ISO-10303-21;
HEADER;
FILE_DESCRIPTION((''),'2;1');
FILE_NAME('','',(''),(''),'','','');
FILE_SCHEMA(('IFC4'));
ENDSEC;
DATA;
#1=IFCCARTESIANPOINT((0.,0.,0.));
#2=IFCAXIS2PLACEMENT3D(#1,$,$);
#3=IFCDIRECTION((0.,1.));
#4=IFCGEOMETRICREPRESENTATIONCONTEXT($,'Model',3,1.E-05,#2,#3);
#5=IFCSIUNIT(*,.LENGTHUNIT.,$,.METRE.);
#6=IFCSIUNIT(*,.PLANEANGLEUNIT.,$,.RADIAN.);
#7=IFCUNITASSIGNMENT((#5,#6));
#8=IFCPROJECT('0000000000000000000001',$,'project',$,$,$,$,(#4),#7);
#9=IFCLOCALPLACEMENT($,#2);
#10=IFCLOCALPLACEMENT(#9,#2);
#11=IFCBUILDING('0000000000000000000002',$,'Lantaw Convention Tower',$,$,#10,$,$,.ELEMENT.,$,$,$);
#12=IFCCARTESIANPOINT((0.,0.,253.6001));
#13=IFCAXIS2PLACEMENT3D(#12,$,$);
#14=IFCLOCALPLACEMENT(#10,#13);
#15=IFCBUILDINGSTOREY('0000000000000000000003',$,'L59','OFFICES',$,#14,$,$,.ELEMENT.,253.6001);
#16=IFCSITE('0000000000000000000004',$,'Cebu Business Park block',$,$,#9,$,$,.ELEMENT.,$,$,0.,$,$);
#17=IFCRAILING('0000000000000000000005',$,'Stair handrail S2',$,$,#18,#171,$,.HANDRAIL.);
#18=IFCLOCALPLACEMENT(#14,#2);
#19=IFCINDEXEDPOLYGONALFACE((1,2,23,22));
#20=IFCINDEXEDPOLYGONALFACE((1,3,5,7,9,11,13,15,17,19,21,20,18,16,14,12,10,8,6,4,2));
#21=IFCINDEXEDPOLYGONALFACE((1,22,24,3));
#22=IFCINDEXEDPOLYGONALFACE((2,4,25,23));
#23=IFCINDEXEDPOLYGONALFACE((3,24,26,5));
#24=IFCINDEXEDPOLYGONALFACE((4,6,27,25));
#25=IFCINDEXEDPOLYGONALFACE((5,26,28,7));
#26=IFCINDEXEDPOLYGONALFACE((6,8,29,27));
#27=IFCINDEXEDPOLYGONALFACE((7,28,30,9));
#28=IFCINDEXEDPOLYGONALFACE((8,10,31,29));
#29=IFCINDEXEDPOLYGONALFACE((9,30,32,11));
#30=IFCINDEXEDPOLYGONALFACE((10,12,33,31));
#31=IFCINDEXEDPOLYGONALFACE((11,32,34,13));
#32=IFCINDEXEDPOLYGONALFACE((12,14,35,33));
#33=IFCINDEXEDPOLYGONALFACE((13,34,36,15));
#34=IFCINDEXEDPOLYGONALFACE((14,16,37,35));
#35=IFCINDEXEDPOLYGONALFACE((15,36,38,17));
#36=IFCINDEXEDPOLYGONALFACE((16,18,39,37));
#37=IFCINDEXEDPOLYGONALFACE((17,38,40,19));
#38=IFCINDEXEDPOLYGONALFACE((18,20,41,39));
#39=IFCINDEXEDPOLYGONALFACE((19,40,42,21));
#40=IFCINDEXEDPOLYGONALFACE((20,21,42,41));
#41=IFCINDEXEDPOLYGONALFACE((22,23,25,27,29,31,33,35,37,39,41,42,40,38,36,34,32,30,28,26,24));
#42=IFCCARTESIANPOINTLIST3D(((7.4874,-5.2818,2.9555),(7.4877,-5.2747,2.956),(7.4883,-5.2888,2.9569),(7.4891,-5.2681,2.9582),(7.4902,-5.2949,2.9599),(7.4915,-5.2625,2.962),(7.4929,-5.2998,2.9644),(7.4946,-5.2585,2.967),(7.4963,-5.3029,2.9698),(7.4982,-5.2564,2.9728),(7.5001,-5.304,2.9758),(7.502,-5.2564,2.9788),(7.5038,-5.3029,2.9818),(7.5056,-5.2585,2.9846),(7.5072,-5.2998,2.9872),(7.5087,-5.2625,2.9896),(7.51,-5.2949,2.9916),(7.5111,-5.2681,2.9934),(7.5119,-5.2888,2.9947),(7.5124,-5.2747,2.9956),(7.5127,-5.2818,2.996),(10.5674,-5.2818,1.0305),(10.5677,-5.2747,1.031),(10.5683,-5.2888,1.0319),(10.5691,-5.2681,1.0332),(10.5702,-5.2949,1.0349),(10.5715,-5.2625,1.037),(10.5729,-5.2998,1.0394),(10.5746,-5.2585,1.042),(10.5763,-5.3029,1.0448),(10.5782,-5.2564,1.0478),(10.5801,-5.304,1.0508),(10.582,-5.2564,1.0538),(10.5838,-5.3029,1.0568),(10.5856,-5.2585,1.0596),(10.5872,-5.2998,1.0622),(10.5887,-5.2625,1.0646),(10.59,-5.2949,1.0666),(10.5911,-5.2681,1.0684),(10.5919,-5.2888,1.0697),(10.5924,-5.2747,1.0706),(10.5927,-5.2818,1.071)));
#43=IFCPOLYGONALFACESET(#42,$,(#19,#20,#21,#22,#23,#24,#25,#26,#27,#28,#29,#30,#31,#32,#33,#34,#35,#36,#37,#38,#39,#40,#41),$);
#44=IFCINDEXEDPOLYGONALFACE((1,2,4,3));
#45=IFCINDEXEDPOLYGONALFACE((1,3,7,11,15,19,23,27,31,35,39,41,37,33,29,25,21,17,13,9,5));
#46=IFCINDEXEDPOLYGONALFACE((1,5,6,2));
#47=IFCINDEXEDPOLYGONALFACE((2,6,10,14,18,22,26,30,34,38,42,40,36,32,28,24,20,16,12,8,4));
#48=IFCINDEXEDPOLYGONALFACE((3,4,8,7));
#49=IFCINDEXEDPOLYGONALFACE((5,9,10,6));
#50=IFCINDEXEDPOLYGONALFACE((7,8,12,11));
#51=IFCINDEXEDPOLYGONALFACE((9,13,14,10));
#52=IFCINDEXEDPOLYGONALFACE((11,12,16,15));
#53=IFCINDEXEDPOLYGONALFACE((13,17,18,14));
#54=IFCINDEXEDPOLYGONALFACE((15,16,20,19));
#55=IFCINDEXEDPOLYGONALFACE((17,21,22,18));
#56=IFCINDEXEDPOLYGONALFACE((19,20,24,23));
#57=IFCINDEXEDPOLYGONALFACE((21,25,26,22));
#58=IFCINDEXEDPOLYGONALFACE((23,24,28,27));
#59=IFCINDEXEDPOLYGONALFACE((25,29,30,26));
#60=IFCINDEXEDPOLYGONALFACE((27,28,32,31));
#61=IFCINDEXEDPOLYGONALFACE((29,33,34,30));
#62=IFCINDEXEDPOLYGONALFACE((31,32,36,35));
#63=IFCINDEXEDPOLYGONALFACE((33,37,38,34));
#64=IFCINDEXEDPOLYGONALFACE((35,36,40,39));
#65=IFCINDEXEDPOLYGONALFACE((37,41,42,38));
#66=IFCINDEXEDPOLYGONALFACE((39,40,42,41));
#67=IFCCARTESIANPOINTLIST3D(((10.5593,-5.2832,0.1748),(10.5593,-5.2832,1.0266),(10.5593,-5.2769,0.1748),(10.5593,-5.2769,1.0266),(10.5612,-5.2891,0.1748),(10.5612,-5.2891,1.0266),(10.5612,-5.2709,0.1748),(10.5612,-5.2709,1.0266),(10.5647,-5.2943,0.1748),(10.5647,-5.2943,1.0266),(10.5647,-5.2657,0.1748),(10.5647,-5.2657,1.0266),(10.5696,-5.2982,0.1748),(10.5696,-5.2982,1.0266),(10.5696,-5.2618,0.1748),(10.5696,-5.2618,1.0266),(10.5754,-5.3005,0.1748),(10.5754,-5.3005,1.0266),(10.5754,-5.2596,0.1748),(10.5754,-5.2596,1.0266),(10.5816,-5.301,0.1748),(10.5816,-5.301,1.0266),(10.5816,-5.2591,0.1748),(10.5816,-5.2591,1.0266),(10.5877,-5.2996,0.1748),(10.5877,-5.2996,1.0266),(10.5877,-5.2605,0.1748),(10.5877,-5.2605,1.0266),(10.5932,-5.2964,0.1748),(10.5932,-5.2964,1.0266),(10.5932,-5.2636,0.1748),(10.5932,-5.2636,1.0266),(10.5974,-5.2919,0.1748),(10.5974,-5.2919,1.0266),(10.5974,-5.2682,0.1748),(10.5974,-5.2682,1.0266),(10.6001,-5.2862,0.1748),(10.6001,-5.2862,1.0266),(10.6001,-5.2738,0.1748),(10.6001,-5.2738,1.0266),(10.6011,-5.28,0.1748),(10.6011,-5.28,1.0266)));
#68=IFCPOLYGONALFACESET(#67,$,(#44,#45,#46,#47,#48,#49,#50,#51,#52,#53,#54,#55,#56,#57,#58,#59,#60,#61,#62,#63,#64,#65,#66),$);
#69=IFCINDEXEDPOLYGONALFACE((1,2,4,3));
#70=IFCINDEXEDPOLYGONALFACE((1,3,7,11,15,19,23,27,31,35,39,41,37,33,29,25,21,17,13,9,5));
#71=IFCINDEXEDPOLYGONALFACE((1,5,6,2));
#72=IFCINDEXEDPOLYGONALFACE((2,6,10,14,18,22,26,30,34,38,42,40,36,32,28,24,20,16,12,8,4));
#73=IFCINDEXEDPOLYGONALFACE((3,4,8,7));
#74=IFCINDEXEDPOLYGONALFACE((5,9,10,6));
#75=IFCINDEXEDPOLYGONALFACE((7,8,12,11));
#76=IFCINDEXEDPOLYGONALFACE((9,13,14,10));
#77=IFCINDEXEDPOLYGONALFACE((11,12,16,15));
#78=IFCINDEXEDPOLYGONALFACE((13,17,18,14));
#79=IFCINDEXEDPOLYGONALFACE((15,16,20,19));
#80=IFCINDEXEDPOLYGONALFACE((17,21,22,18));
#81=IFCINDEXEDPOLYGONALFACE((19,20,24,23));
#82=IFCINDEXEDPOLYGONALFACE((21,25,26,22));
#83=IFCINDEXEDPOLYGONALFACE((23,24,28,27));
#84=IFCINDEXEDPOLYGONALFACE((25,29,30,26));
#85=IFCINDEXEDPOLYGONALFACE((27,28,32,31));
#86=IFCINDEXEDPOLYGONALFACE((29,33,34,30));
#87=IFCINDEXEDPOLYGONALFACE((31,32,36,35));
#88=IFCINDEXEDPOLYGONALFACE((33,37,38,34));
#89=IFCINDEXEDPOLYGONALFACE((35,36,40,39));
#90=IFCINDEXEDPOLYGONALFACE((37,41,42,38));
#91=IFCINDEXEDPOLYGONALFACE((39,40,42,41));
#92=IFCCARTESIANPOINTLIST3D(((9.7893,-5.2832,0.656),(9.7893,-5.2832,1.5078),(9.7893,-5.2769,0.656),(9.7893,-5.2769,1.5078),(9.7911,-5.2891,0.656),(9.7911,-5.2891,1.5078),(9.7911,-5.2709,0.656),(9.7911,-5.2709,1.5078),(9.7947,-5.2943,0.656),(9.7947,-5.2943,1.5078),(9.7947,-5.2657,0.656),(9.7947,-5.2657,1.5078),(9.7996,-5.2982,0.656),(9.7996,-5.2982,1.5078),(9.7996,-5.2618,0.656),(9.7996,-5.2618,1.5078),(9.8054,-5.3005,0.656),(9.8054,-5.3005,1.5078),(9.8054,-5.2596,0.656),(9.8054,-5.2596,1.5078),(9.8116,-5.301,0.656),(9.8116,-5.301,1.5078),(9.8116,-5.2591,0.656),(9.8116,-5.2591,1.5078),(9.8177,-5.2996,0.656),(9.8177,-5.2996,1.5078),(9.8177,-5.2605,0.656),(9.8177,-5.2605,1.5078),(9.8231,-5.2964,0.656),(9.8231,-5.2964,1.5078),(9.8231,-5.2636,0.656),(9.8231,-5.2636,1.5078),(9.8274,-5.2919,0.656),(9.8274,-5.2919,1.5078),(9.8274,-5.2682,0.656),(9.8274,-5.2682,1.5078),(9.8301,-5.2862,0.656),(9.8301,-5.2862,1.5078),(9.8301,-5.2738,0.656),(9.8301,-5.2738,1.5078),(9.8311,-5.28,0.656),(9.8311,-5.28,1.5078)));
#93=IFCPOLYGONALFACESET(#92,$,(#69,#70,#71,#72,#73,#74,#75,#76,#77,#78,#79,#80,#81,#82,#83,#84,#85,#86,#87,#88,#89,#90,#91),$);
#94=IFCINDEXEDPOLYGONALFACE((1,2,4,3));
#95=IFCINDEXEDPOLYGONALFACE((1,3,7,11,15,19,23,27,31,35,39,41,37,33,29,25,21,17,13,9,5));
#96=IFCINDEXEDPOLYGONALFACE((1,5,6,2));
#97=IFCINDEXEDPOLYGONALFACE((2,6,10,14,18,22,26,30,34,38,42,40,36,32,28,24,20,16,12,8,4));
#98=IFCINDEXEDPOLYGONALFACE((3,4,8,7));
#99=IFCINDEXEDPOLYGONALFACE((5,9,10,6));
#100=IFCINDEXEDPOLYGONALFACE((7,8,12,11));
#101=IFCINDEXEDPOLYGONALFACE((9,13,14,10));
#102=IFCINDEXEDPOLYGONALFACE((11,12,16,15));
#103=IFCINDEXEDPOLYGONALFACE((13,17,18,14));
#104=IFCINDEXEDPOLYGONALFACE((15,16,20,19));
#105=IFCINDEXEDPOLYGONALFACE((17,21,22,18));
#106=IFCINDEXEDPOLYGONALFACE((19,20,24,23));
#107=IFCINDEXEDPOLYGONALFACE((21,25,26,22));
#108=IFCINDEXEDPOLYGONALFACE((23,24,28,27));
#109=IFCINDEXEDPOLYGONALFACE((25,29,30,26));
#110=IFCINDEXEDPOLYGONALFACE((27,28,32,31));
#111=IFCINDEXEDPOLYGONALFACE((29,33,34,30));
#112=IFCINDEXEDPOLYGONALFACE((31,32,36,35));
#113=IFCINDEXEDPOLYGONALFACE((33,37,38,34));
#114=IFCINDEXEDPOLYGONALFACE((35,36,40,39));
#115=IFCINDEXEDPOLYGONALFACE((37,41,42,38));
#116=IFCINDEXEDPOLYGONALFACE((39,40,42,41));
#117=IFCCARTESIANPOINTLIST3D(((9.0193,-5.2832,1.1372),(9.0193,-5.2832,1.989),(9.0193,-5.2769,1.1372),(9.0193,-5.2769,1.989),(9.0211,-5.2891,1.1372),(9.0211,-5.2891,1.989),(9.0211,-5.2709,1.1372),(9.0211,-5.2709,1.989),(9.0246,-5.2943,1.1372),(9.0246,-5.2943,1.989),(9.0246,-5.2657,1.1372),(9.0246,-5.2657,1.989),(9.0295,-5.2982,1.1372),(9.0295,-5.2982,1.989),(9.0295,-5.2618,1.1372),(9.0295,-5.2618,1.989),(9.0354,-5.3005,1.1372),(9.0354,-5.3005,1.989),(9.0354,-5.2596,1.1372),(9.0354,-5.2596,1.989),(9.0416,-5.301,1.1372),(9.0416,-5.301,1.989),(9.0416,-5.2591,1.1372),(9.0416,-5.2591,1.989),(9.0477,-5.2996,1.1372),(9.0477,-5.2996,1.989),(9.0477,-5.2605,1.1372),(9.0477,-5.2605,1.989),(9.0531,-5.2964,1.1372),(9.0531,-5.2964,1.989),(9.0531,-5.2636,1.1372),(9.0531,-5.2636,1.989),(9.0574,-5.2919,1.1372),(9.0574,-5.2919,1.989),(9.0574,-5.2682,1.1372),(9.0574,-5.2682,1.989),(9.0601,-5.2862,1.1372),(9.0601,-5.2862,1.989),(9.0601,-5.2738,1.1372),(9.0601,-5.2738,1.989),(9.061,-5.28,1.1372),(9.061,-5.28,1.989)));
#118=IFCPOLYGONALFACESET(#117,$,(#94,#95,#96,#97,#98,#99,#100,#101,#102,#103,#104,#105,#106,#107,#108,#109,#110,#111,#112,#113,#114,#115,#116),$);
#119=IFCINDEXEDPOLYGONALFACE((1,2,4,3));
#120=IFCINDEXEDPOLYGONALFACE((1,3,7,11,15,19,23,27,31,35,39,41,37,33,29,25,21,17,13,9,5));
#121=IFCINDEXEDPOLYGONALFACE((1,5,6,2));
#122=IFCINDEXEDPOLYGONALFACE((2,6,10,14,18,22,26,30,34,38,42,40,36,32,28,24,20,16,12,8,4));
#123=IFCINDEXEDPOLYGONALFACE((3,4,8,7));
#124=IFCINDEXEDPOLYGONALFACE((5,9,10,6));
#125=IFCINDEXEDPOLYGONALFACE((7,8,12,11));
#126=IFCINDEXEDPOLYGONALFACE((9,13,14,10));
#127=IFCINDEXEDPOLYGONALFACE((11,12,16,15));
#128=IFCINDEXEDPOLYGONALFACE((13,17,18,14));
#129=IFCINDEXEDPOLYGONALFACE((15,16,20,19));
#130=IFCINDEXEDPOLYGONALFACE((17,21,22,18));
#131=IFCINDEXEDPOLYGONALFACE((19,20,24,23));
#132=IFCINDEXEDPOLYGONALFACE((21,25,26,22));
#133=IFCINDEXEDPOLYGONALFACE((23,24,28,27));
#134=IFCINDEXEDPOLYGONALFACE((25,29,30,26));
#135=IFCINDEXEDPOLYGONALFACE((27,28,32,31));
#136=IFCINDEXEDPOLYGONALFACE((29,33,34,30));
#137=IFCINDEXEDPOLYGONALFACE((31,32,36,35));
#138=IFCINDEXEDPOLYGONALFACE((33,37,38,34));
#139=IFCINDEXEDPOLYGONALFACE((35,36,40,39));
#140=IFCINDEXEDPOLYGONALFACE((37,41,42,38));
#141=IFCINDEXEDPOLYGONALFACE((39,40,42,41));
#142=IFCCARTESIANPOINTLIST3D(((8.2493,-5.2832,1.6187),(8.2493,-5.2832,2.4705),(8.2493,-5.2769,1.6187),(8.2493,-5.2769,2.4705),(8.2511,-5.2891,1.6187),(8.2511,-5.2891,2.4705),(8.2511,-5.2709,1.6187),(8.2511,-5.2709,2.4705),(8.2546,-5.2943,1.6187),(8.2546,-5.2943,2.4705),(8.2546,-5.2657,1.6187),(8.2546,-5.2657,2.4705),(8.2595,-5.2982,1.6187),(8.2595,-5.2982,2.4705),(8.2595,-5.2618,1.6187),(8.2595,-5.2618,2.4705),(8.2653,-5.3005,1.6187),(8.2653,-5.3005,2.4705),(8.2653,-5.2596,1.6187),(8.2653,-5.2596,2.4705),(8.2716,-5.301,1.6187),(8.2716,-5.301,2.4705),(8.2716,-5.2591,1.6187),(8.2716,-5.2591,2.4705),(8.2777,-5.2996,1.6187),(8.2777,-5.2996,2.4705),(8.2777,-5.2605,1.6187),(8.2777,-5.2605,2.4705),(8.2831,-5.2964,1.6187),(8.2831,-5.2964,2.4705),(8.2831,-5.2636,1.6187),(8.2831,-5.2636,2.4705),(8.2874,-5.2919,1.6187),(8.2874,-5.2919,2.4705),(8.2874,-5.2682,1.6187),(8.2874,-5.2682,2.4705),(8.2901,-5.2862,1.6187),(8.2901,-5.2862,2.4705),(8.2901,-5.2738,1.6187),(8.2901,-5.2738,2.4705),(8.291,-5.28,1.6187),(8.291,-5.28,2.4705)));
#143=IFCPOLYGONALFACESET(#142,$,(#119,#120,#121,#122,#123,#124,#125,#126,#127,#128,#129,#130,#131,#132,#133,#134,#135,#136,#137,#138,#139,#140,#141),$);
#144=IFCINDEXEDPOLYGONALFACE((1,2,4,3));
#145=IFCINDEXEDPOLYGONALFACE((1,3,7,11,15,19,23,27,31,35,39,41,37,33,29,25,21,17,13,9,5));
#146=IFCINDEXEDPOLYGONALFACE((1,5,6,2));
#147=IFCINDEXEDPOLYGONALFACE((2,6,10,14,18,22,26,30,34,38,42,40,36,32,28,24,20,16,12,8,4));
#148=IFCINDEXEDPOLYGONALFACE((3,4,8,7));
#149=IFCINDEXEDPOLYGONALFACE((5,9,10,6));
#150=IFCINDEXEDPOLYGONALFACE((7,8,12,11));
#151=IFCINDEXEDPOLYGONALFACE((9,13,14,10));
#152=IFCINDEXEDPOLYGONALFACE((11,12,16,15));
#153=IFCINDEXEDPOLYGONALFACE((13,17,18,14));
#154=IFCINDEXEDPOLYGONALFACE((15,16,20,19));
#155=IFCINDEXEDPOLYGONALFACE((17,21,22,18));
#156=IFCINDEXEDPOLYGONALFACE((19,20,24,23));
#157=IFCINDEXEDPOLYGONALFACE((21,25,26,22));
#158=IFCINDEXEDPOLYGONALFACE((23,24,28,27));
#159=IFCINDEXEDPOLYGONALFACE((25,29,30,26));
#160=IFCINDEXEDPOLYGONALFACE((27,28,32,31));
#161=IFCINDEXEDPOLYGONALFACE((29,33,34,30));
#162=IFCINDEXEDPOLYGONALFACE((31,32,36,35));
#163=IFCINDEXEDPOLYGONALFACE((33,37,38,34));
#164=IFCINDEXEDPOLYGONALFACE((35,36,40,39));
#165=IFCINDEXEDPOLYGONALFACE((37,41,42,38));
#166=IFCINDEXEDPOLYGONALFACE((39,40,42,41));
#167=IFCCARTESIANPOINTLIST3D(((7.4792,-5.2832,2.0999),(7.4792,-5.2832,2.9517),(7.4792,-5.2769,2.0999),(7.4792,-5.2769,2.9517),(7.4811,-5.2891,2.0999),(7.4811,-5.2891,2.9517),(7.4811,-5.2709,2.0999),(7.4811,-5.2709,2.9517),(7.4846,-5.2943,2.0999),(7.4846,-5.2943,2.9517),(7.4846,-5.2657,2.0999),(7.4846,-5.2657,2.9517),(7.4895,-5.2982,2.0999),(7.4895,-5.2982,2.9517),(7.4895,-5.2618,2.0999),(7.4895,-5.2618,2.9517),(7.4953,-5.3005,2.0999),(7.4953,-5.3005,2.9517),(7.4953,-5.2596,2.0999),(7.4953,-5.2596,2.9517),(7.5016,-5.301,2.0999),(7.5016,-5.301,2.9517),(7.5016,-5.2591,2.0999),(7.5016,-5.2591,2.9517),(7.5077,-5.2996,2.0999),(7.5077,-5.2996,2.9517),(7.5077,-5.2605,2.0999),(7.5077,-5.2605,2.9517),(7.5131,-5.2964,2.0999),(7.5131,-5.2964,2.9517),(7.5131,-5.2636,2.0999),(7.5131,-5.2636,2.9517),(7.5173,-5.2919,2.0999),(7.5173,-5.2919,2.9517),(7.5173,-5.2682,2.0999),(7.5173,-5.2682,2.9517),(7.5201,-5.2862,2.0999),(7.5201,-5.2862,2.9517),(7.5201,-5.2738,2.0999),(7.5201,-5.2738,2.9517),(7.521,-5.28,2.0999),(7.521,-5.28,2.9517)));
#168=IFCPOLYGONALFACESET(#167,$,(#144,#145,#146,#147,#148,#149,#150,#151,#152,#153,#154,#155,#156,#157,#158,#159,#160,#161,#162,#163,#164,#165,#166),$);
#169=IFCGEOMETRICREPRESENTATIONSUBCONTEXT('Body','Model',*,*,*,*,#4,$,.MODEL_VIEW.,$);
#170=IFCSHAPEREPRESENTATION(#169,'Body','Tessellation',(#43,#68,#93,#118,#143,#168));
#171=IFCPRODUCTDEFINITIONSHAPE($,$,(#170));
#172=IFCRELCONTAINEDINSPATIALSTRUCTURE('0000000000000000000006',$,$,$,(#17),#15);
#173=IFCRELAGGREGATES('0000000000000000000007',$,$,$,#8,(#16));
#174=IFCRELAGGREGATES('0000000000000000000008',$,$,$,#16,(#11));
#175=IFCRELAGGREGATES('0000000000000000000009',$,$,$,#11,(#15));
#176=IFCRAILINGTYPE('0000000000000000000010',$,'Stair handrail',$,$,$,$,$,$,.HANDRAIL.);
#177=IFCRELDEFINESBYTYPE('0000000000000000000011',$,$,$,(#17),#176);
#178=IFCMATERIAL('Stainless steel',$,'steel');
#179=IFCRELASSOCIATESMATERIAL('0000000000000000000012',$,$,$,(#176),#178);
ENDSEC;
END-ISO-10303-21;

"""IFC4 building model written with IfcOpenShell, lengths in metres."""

from ifc_helpers import new_model, si_unit, direction, frame, origin, origin_2d, place, context, subcontext, project, spatial, circle, extrude, material, type_object, element, save


model = new_model("IFC4")

# Units and contexts
model_context = context("Model", 3, precision=1e-05, world=origin(), true_north=direction((0.0, 1.0)))
body_context = subcontext(model_context, "Body", "Model", "MODEL_VIEW")
ifc_project = project(units=[si_unit("LENGTHUNIT", "METRE"), si_unit("PLANEANGLEUNIT", "RADIAN")], contexts=[model_context])

# Site, building, storey
site_placement = place(None, origin())
site = spatial("IfcSite", under=ifc_project, at=site_placement, Name="Cebu Business Park block", CompositionType="ELEMENT", RefElevation=0.0)
building_placement = place(site_placement, origin())
building = spatial("IfcBuilding", under=site, at=building_placement, Name="Lantaw Convention Tower", CompositionType="ELEMENT")
storey_placement = place(building_placement, frame((0.0, 0.0, 253.6001)))
storey = spatial("IfcBuildingStorey", under=building, at=storey_placement, Name="L59", Description="OFFICES", CompositionType="ELEMENT", Elevation=253.6001)

# Railing
ifc_material_1 = material(Name="Stainless steel", Category="steel")
railing_type = type_object("IfcRailingType", Name="Stair handrail", PredefinedType="HANDRAIL", material=ifc_material_1)
railing_1_placement = place(storey_placement, frame((10.5801, -5.28, 0.1748)))
element("IfcRailing", 1, at=railing_1_placement, inside=storey, type_object=railing_type, Name="Stair handrail S2", PredefinedType="HANDRAIL", context=body_context, shape_type="SweptSolid", body=[
    extrude(circle(Radius=0.0239, at=origin_2d()), frame((0.0, 0.0, 0.876), z_axis=(-0.847998, 0.0, 0.529999), x_axis=(0.0, -1.0, 0.0)), (0.0, 0.0, 1.0), 3.6321),
    extrude(circle(Radius=0.021, at=origin_2d()), origin(), (0.0, 0.0, 1.0), 0.8518),
    extrude(circle(Radius=0.021, at=origin_2d()), frame((-0.77, 0.0, 0.4812)), (0.0, 0.0, 1.0), 0.8518),
    extrude(circle(Radius=0.021, at=origin_2d()), frame((-1.54, 0.0, 0.9624)), (0.0, 0.0, 1.0), 0.8518),
    extrude(circle(Radius=0.021, at=origin_2d()), frame((-2.3101, 0.0, 1.4438)), (0.0, 0.0, 1.0), 0.8518),
    extrude(circle(Radius=0.021, at=origin_2d()), frame((-3.0801, 0.0, 1.925)), (0.0, 0.0, 1.0), 0.8518),
])

save(model, "model.ifc")
